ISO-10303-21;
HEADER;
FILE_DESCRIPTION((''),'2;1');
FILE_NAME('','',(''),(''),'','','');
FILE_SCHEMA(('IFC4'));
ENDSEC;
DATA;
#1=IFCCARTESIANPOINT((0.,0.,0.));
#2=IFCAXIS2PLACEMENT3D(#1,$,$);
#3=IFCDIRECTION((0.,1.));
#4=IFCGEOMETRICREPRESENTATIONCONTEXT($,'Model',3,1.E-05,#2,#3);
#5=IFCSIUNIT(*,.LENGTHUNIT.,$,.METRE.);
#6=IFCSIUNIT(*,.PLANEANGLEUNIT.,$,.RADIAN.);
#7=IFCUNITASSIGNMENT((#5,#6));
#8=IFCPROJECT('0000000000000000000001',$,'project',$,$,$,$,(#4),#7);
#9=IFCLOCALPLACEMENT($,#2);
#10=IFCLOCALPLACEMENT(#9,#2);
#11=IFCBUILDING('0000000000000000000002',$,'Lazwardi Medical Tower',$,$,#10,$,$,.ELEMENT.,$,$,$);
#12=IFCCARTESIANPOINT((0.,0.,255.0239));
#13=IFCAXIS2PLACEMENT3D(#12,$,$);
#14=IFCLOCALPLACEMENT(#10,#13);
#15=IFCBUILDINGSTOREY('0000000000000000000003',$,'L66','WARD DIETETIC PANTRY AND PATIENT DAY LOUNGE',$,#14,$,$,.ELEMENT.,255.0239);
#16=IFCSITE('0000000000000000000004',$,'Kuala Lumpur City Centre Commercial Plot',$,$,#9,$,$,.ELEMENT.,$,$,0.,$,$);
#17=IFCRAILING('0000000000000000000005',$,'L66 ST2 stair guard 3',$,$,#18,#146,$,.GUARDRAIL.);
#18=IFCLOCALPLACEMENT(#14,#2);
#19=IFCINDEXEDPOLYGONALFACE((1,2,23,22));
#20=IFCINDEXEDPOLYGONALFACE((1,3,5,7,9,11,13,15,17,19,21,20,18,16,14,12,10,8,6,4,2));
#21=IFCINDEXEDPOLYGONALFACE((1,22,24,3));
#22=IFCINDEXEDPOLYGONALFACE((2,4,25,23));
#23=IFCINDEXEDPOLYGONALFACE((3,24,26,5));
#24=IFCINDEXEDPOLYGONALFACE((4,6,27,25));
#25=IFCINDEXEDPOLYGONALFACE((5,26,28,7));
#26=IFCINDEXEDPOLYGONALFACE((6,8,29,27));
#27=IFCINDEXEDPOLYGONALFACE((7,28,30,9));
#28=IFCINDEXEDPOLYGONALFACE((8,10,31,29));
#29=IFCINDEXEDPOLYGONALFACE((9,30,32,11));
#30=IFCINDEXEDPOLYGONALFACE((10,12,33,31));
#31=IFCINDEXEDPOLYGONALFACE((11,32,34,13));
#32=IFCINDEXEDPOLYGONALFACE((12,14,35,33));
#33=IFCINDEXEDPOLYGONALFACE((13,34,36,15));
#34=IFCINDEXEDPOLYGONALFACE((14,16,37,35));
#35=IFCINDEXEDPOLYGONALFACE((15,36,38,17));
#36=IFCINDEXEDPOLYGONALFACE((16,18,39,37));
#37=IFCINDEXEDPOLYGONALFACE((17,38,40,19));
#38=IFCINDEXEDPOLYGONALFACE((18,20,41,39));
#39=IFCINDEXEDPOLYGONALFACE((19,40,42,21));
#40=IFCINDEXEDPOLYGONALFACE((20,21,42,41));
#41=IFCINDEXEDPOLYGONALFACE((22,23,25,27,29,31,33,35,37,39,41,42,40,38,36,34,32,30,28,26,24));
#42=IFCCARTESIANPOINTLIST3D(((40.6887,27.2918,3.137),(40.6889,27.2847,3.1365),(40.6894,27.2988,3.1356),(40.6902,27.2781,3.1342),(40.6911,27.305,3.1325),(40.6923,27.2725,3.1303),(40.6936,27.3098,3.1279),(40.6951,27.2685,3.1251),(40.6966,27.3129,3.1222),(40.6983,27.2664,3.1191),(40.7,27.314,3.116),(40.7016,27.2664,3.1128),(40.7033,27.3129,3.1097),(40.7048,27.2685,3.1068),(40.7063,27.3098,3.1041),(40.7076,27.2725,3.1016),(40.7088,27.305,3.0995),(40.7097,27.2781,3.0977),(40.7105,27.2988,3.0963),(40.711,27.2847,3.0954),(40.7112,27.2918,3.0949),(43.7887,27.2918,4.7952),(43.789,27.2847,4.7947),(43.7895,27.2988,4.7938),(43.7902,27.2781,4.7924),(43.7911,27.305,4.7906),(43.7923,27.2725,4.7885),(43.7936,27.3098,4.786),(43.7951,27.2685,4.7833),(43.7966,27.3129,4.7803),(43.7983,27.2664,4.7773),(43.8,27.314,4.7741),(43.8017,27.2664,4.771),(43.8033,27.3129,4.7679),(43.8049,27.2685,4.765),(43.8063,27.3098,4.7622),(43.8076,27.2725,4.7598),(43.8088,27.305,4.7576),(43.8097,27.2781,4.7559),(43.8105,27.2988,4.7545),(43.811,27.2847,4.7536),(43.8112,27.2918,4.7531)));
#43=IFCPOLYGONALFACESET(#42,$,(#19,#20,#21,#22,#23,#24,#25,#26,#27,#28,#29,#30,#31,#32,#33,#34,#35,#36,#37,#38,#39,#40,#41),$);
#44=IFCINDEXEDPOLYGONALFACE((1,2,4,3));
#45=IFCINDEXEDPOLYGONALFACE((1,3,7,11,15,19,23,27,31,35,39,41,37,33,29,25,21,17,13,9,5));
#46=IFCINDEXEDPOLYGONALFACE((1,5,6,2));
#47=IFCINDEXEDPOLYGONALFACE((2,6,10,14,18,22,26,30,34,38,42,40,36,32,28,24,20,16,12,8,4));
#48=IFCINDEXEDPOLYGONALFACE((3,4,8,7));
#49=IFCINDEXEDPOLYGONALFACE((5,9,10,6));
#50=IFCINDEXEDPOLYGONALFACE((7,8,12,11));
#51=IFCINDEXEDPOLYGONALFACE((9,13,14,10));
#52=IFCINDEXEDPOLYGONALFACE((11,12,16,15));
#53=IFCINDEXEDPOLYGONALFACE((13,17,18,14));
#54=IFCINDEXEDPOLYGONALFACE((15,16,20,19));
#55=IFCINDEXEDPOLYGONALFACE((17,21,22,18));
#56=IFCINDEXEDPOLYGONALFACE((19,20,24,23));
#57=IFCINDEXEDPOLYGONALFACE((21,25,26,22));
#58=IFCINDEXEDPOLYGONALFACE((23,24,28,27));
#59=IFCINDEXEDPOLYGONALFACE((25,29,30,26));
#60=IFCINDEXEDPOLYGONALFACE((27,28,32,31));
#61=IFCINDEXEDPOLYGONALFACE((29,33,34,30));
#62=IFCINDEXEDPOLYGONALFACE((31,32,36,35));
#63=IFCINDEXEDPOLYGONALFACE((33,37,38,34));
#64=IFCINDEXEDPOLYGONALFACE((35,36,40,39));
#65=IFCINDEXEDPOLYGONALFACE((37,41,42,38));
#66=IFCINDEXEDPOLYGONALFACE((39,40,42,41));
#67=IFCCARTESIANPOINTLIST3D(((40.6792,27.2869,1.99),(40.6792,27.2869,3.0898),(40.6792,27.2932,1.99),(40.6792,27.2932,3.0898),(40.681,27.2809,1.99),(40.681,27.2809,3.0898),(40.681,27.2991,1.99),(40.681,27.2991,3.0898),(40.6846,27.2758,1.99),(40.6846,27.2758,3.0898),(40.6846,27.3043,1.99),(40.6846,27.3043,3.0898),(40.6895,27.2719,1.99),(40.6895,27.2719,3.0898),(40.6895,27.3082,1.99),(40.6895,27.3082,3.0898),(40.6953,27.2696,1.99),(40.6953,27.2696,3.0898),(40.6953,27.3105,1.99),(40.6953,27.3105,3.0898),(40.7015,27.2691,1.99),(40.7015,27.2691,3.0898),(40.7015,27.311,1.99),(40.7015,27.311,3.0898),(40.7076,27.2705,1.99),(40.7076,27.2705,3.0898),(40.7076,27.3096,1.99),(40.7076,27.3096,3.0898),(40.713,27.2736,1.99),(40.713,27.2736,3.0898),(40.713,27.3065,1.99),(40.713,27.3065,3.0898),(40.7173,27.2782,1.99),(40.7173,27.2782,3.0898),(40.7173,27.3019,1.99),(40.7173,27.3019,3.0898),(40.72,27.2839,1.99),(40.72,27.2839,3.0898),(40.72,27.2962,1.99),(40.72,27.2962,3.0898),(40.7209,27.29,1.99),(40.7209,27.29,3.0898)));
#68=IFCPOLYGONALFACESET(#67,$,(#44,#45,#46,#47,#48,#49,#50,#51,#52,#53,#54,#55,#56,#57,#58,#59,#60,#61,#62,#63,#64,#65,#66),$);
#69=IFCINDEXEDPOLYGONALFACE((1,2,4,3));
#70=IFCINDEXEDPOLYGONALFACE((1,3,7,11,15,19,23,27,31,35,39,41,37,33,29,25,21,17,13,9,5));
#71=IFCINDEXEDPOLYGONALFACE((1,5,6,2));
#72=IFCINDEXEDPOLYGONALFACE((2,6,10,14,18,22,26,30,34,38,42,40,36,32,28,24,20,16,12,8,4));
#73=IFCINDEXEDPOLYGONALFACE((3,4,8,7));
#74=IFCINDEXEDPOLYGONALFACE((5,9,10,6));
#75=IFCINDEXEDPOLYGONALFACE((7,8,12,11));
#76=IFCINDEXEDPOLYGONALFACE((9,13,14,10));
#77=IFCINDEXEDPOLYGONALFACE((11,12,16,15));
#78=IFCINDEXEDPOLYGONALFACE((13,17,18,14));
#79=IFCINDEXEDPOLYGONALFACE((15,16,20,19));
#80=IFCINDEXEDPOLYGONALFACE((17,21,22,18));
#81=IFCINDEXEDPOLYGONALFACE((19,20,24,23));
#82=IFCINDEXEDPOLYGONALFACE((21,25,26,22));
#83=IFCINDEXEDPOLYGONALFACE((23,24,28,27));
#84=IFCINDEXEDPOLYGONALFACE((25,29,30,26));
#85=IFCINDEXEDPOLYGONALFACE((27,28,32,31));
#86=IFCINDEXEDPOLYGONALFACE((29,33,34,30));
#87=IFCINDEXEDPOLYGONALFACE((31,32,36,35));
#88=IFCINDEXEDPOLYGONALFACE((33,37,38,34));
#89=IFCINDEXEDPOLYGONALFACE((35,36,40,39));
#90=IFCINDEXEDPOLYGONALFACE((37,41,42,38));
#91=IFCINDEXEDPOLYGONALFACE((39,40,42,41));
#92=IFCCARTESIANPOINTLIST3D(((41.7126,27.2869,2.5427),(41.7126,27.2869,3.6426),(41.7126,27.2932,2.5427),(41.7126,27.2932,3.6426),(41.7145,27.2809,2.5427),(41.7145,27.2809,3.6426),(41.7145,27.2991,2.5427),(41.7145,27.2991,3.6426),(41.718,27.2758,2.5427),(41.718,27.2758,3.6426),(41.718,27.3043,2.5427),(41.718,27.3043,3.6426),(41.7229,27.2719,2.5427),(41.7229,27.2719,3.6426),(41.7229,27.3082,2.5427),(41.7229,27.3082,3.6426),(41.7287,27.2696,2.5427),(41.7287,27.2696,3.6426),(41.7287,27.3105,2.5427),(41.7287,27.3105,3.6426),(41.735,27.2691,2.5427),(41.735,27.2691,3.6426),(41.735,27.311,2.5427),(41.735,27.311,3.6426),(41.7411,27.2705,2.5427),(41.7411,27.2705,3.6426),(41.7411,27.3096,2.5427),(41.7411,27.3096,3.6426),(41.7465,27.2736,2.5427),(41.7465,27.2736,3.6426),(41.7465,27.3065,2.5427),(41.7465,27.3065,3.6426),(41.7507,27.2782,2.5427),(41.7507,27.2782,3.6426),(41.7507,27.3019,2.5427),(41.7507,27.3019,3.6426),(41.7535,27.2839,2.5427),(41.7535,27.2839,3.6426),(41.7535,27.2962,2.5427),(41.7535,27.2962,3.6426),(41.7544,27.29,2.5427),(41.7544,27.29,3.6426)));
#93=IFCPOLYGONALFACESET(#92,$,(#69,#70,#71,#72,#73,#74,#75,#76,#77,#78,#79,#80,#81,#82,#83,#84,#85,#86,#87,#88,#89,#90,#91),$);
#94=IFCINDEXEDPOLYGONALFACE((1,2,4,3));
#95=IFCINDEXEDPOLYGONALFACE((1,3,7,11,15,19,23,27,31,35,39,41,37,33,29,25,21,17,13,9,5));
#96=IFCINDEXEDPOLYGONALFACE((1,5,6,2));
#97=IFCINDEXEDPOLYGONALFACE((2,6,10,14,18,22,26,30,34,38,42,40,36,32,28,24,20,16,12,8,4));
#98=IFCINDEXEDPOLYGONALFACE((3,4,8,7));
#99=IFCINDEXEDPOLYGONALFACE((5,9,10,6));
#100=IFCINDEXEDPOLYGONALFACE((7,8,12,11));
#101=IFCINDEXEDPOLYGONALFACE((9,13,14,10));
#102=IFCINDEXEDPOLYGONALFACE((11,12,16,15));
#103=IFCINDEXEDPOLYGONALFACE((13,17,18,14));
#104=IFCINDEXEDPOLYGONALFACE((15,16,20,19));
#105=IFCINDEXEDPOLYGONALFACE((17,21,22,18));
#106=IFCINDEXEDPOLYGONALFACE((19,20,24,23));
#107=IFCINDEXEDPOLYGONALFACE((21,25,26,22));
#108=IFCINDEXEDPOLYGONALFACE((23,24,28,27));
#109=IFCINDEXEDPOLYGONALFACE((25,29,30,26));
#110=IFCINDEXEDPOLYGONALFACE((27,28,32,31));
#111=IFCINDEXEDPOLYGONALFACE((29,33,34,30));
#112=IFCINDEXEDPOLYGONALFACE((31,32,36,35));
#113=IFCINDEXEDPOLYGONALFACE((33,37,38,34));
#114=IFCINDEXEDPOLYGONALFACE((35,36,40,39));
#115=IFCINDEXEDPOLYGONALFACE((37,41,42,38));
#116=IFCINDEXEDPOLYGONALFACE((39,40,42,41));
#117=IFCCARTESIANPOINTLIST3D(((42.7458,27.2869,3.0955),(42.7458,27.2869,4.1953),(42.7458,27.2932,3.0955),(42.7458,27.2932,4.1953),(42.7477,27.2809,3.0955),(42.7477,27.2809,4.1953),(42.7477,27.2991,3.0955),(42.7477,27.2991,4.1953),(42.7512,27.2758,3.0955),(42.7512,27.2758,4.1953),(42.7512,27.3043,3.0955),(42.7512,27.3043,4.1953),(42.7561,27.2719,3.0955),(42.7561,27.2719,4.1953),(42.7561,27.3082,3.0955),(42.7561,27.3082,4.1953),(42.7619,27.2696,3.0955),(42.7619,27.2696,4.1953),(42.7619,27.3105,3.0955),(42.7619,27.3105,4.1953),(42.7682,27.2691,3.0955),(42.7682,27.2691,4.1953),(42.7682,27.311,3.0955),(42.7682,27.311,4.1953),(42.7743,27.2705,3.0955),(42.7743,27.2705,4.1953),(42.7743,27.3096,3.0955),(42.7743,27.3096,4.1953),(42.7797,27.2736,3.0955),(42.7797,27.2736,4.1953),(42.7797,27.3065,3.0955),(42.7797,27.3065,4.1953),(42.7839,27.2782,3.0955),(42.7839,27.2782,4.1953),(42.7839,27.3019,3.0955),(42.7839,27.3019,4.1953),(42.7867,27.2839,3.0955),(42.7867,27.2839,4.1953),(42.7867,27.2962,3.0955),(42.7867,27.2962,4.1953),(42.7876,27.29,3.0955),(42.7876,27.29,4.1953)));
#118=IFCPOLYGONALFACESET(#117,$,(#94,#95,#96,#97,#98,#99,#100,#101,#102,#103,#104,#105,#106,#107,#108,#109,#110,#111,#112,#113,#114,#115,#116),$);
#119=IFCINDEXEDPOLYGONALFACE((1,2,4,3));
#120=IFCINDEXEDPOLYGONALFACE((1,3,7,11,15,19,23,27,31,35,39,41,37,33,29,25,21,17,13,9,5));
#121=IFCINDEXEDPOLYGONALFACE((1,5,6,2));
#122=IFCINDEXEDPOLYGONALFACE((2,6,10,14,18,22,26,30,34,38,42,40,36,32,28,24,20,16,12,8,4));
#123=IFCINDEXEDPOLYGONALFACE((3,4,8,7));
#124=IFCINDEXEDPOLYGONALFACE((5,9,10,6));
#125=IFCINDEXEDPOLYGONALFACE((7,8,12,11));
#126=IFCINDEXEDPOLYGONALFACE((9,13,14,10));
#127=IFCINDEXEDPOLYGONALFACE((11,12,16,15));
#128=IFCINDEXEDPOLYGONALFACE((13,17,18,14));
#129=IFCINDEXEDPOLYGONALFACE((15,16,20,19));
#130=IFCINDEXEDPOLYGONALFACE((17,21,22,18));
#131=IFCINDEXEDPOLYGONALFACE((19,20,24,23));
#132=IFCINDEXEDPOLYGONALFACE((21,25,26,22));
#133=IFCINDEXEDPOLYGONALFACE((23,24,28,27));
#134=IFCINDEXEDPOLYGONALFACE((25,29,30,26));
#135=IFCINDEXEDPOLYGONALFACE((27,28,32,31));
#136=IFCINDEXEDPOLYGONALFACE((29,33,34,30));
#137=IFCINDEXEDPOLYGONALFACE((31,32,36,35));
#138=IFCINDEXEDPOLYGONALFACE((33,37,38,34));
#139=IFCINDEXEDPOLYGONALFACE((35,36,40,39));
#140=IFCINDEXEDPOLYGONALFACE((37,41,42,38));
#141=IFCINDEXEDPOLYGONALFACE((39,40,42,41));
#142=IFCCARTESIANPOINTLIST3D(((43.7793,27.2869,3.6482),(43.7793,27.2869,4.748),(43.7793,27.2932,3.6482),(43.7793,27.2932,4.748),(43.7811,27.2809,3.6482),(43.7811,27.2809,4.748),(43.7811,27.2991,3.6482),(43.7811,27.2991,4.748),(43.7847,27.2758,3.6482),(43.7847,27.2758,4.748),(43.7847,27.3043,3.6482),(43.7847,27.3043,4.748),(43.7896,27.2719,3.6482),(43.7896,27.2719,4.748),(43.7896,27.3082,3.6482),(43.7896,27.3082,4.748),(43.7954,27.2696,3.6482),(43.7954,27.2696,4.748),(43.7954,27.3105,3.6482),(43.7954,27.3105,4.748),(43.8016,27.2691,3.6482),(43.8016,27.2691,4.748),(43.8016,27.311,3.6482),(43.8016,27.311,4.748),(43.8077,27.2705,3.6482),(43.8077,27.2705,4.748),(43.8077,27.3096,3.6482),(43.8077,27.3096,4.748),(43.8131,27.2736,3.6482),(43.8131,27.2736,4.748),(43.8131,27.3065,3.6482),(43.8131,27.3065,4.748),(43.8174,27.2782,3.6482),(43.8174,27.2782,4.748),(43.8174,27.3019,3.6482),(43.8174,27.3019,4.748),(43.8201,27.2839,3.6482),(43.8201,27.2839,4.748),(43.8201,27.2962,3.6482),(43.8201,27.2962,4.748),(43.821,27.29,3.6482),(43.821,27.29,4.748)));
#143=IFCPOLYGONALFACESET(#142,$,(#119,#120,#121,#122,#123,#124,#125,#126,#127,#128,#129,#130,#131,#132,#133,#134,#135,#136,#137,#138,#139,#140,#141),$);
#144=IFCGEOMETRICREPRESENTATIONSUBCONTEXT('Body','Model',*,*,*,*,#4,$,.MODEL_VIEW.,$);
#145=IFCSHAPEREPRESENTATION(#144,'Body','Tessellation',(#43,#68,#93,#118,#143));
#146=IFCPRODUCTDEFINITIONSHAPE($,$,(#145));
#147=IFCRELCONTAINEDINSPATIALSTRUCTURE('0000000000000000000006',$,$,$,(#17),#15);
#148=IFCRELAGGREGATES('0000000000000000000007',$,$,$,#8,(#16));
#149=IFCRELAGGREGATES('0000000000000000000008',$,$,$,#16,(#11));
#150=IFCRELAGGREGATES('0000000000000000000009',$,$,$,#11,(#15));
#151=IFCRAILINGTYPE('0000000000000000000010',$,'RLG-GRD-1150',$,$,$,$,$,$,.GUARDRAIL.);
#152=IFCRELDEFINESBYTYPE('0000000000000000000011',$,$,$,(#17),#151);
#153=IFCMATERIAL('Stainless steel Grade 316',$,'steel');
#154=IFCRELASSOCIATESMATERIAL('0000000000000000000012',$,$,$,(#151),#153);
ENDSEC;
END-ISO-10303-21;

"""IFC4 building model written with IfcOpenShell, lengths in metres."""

from ifc_helpers import new_model, si_unit, direction, frame, origin, origin_2d, place, context, subcontext, project, spatial, circle, extrude, material, type_object, element, save


model = new_model("IFC4")

# Units and contexts
model_context = context("Model", 3, precision=1e-05, world=origin(), true_north=direction((0.0, 1.0)))
body_context = subcontext(model_context, "Body", "Model", "MODEL_VIEW")
ifc_project = project(units=[si_unit("LENGTHUNIT", "METRE"), si_unit("PLANEANGLEUNIT", "RADIAN")], contexts=[model_context])

# Site, building, storey
site_placement = place(None, origin())
site = spatial("IfcSite", under=ifc_project, at=site_placement, Name="Kuala Lumpur City Centre Commercial Plot", CompositionType="ELEMENT", RefElevation=0.0)
building_placement = place(site_placement, origin())
building = spatial("IfcBuilding", under=site, at=building_placement, Name="Lazwardi Medical Tower", CompositionType="ELEMENT")
storey_placement = place(building_placement, frame((0.0, 0.0, 255.0239)))
storey = spatial("IfcBuildingStorey", under=building, at=storey_placement, Name="L66", Description="WARD DIETETIC PANTRY AND PATIENT DAY LOUNGE", CompositionType="ELEMENT", Elevation=255.0239)

# Railing
ifc_material_1 = material(Name="Stainless steel Grade 316", Category="steel")
railing_type_1 = type_object("IfcRailingType", Name="RLG-GRD-1150", PredefinedType="GUARDRAIL", material=ifc_material_1)
railing_1_placement = place(storey_placement, frame((40.7, 27.29, 1.99)))
element("IfcRailing", 1, at=railing_1_placement, inside=storey, type_object=railing_type_1, Name="L66 ST2 stair guard 3", PredefinedType="GUARDRAIL", context=body_context, shape_type="SweptSolid", body=[
    extrude(circle(Radius=0.0239, at=origin_2d()), frame((0.0, 0.0, 1.126), z_axis=(0.881783, 0.0, 0.471655), x_axis=(0.0, 1.0, 0.0)), (0.0, 0.0, 1.0), 3.5156),
    extrude(circle(Radius=0.021, at=origin_2d()), origin(), (0.0, 0.0, 1.0), 1.0999),
    extrude(circle(Radius=0.021, at=origin_2d()), frame((1.0334, 0.0, 0.5527)), (0.0, 0.0, 1.0), 1.0999),
    extrude(circle(Radius=0.021, at=origin_2d()), frame((2.0667, 0.0, 1.1055)), (0.0, 0.0, 1.0), 1.0999),
    extrude(circle(Radius=0.021, at=origin_2d()), frame((3.1001, 0.0, 1.6582)), (0.0, 0.0, 1.0), 1.0999),
])

save(model, "model.ifc")
